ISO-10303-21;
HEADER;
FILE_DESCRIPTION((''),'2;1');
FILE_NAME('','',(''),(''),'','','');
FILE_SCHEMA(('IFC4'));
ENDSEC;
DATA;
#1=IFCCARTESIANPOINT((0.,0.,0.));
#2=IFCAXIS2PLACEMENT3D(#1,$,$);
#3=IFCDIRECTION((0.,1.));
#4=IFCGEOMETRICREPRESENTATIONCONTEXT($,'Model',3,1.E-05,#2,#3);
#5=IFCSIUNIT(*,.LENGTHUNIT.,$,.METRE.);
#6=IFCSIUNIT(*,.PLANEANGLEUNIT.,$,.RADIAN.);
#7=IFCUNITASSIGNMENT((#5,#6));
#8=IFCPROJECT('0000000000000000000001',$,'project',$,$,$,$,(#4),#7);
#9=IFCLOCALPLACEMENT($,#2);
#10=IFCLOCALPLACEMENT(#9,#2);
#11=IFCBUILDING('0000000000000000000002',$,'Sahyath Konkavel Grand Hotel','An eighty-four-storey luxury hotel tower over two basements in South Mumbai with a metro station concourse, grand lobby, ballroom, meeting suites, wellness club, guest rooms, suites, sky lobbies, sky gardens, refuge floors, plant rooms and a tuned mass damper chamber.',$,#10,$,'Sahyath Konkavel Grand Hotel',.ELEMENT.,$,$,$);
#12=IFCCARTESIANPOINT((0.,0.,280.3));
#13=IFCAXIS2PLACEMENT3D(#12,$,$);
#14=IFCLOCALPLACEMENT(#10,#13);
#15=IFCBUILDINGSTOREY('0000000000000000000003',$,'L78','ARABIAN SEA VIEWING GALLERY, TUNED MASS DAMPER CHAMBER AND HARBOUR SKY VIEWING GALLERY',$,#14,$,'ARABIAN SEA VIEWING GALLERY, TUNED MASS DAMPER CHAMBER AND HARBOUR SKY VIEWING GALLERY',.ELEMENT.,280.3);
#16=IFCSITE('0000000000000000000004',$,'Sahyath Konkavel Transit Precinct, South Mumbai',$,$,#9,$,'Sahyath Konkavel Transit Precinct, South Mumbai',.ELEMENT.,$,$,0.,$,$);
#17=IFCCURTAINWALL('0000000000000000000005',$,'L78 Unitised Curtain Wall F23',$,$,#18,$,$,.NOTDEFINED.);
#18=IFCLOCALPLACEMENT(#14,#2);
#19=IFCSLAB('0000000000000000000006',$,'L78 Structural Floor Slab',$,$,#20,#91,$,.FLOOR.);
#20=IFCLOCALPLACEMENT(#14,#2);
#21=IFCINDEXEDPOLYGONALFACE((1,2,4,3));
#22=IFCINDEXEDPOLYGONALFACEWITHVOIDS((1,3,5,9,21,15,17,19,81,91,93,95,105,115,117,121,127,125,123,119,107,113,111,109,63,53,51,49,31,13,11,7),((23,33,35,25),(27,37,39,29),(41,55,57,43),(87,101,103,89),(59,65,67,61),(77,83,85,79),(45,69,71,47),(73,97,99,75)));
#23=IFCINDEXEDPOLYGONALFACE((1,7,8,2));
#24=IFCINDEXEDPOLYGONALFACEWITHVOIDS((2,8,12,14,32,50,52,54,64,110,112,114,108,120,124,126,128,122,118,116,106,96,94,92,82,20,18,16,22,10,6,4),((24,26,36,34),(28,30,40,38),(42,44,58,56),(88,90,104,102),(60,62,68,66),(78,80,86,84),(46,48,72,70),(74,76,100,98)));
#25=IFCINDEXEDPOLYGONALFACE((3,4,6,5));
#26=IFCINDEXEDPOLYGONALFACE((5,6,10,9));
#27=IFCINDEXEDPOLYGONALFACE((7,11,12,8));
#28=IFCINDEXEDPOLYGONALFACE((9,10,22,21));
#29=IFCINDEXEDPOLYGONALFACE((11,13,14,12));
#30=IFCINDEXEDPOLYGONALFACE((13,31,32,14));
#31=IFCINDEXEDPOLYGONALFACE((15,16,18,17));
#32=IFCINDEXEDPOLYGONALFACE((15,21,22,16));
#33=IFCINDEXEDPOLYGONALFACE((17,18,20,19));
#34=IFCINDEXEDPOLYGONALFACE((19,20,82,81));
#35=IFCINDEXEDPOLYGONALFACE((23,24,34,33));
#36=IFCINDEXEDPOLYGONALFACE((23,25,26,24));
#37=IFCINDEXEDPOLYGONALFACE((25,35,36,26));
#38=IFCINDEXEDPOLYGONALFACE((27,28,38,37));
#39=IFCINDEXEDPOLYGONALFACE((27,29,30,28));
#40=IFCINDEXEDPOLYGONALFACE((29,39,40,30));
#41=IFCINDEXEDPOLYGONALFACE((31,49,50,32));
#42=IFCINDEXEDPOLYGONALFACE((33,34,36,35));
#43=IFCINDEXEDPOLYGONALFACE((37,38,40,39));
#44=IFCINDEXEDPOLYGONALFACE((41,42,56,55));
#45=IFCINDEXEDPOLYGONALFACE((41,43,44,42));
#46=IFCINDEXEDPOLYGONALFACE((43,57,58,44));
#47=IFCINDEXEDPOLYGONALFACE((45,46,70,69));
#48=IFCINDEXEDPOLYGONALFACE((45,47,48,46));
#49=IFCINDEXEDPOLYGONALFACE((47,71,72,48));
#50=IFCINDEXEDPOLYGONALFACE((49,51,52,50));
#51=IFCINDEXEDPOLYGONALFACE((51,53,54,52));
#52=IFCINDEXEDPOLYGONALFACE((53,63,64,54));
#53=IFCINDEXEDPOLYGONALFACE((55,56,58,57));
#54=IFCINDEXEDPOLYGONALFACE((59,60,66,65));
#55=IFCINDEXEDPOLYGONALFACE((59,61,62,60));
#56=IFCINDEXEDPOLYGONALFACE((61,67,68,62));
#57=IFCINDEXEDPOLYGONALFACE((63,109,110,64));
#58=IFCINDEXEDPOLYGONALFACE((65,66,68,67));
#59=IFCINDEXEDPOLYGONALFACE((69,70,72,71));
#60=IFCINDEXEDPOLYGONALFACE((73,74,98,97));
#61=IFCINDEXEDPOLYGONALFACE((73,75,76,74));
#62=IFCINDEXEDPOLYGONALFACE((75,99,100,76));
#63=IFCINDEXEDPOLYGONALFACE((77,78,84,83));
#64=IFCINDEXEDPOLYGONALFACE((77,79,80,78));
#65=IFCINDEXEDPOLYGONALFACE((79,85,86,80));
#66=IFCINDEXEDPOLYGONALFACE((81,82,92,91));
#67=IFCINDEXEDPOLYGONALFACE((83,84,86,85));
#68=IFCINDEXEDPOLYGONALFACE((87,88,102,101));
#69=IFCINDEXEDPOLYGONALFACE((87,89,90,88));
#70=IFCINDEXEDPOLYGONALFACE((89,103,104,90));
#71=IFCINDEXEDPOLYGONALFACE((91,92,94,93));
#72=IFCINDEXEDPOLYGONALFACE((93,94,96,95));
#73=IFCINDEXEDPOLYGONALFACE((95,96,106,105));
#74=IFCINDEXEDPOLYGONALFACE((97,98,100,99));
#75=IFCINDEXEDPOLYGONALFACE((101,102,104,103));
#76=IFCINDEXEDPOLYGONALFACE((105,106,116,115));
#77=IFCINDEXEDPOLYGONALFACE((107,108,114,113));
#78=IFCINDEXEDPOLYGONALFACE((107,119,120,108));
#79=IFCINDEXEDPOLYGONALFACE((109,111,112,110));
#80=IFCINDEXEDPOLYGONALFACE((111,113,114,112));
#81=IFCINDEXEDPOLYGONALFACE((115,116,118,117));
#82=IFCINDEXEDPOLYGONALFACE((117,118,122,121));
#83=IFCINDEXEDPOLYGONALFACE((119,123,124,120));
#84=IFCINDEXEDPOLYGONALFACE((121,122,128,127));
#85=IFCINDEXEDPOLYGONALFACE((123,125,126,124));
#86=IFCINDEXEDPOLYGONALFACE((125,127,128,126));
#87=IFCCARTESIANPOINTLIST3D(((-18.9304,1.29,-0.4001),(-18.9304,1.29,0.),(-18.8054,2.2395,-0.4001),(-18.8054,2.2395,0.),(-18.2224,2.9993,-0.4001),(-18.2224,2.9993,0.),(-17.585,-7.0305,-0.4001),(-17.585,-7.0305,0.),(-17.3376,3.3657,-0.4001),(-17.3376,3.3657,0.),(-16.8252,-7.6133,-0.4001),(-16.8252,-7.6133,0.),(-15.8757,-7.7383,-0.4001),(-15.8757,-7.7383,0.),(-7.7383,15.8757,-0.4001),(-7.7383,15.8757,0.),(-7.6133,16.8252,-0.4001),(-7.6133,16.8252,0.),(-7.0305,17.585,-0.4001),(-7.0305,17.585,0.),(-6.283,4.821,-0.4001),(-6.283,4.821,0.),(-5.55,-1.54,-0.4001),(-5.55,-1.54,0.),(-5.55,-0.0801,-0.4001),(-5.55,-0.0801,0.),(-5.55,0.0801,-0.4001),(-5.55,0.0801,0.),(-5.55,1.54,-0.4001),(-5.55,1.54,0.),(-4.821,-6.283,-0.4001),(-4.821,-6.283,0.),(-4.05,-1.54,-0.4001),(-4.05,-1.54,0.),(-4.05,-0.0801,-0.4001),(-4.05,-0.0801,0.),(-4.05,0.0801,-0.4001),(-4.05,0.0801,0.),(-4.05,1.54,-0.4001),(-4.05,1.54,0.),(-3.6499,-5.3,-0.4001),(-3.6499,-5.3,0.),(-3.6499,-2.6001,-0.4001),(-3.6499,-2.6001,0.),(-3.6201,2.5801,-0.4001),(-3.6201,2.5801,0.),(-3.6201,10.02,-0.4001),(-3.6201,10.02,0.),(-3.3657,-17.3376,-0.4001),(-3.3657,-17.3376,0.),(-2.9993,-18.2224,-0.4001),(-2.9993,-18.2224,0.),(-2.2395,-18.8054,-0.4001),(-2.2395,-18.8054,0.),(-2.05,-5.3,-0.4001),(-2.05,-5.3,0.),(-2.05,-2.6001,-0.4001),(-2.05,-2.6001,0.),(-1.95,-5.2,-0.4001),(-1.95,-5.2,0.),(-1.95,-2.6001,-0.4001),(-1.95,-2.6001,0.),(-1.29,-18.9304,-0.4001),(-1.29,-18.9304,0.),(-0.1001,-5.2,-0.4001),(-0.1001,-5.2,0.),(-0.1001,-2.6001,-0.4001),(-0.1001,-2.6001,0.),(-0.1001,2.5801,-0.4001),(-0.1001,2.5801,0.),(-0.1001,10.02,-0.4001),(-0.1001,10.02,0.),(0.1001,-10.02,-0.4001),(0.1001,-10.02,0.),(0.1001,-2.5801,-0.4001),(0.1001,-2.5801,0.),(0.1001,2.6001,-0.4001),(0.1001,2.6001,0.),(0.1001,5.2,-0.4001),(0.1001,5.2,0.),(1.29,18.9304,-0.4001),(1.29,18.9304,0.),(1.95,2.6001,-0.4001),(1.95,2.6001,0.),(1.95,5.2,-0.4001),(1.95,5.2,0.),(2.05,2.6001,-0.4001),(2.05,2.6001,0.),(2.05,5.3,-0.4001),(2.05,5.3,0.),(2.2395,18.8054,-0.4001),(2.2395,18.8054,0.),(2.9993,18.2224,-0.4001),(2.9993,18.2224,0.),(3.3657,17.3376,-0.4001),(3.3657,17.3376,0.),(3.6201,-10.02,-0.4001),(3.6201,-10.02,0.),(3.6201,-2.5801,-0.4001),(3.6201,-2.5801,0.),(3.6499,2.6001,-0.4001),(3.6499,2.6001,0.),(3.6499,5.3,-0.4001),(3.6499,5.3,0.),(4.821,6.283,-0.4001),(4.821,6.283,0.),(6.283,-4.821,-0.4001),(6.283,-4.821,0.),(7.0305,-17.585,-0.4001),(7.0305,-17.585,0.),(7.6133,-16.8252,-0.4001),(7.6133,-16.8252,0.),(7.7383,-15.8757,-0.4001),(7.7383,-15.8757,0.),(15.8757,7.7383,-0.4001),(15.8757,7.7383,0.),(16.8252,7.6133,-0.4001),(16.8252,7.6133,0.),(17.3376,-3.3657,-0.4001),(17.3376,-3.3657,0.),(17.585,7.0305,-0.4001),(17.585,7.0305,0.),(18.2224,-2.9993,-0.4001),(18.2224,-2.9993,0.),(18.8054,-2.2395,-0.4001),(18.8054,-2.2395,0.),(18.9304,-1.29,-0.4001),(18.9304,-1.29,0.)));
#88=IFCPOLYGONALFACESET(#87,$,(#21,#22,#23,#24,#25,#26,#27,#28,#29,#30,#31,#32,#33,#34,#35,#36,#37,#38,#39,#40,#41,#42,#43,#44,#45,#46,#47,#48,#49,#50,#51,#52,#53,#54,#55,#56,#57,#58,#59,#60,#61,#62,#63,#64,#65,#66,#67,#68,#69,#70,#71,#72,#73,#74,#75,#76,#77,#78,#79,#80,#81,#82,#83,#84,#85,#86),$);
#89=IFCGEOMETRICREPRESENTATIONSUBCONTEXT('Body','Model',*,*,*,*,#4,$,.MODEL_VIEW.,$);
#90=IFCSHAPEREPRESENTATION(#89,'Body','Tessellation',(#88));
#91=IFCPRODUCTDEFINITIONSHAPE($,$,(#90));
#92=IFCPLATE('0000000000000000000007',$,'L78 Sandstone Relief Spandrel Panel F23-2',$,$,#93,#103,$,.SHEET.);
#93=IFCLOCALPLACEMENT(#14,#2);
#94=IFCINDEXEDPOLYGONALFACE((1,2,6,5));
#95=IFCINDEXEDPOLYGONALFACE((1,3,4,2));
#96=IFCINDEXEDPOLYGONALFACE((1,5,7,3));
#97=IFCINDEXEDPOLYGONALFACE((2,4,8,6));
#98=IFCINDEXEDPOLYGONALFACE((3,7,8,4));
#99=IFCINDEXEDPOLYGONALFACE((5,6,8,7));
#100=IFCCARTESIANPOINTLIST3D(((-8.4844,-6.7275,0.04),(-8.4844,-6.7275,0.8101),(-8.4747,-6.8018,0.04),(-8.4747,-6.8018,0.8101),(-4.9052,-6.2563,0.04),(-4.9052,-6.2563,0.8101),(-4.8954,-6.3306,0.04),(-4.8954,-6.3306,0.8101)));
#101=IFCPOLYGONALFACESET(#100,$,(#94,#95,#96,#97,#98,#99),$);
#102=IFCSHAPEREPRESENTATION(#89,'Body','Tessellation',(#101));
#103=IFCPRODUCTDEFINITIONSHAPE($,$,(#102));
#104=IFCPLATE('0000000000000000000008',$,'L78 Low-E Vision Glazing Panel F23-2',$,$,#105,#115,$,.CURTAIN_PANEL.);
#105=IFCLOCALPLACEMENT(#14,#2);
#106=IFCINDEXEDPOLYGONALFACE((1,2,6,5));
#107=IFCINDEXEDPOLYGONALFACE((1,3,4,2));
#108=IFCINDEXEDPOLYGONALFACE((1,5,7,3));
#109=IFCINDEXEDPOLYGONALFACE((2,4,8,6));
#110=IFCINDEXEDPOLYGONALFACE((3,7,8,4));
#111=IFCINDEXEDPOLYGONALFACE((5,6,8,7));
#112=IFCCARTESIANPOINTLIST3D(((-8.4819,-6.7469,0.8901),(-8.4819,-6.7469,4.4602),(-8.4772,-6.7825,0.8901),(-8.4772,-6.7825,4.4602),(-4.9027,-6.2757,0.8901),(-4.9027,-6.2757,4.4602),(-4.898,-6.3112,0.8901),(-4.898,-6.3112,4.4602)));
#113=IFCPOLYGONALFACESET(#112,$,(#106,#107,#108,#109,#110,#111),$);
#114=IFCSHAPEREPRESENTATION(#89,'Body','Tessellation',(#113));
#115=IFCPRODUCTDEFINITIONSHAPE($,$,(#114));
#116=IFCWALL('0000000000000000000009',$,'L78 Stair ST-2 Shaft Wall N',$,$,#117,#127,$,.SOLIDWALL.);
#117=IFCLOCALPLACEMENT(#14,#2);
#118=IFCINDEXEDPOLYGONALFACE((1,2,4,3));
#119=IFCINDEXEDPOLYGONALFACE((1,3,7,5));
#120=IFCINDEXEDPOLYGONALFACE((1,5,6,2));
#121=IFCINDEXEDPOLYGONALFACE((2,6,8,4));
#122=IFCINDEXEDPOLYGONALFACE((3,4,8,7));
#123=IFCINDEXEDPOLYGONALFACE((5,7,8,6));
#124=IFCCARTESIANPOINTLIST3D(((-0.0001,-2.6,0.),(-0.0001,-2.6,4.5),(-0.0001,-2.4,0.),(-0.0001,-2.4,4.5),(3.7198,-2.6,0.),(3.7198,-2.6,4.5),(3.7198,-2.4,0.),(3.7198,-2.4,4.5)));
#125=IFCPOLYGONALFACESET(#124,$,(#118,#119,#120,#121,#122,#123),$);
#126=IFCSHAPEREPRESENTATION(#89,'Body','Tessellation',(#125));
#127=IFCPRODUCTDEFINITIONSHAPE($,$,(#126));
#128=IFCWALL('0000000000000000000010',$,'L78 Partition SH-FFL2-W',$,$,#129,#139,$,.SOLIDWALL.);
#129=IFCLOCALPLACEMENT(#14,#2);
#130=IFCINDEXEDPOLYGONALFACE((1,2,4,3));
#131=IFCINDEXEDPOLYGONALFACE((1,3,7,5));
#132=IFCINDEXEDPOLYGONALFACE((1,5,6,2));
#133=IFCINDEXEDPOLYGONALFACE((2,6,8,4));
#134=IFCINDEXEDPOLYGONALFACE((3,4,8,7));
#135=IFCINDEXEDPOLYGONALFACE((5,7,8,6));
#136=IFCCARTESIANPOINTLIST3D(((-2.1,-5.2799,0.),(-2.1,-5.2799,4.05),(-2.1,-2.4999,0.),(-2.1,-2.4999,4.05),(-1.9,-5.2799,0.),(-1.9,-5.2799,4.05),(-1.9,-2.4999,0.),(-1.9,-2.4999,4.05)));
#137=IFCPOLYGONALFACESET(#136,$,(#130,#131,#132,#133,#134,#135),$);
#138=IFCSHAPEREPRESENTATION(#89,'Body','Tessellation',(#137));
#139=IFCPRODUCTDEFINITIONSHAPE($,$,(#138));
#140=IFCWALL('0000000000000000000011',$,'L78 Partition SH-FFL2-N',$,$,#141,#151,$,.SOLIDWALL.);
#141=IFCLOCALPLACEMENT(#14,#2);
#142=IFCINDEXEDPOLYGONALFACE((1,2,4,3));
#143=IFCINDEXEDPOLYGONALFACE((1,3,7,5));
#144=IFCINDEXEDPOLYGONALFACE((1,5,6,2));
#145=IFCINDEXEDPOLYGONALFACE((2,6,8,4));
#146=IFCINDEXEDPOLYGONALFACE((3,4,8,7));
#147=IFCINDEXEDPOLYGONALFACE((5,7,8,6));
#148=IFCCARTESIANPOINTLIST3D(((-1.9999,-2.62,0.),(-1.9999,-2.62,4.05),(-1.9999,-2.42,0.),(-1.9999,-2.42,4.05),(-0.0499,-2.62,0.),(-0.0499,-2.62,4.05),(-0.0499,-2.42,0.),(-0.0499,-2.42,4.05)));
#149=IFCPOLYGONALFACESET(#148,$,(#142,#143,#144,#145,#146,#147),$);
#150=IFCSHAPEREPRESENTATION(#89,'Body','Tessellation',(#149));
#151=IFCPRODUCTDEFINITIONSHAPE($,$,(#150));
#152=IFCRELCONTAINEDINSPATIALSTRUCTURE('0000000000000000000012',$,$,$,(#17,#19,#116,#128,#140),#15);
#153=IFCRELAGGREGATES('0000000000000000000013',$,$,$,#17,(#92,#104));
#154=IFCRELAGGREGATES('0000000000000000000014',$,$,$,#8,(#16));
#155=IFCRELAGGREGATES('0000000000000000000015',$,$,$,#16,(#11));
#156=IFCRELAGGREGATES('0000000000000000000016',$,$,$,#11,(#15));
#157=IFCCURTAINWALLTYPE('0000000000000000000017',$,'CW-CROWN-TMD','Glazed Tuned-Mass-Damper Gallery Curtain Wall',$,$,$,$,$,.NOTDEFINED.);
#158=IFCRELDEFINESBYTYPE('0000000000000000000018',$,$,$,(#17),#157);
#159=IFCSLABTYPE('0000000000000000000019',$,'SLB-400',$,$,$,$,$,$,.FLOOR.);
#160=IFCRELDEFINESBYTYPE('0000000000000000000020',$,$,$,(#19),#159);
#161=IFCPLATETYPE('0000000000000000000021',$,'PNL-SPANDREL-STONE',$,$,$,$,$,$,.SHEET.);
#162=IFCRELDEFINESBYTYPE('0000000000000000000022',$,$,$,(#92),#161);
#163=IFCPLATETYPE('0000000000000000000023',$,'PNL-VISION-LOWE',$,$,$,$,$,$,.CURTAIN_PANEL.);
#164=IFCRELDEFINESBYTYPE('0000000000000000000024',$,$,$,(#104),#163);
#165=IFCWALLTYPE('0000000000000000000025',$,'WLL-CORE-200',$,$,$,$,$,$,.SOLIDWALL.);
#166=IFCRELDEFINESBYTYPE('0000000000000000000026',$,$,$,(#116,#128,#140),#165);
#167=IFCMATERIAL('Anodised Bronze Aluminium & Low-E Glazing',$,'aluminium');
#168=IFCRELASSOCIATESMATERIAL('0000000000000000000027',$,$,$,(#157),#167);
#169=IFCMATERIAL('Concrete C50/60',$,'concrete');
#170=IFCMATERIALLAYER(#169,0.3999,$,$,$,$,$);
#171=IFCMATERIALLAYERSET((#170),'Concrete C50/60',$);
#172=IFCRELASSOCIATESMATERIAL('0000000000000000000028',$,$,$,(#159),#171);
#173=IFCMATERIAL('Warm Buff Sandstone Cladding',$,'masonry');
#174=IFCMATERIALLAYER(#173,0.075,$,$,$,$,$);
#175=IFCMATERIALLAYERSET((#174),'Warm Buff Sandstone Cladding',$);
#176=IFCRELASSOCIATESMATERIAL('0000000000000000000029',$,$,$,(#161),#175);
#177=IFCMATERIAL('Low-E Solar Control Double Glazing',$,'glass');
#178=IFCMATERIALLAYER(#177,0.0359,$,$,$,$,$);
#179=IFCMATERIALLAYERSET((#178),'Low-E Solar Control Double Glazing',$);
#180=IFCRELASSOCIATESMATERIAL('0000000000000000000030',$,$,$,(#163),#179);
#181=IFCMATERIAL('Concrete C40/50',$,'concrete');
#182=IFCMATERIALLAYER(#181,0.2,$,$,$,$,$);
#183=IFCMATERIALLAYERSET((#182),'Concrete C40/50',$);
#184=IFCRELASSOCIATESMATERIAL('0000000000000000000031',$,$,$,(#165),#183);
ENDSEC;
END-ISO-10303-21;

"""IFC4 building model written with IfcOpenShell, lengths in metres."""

from ifc_helpers import new_model, si_unit, direction, frame, frame_2d, origin, origin_2d, place, context, subcontext, project, spatial, polyline, rectangle, outline, extrude, source, transform, mapped, material, layer, layer_set, type_object, element, aggregate, save


model = new_model("IFC4")

# Units and contexts
model_context = context("Model", 3, precision=1e-05, world=origin(), true_north=direction((0.0, 1.0)))
body_context = subcontext(model_context, "Body", "Model", "MODEL_VIEW")
ifc_project = project(units=[si_unit("LENGTHUNIT", "METRE"), si_unit("PLANEANGLEUNIT", "RADIAN")], contexts=[model_context])

# Site, building, storey
site_placement = place(None, origin())
site = spatial("IfcSite", under=ifc_project, at=site_placement, Name="Sahyath Konkavel Transit Precinct, South Mumbai", LongName="Sahyath Konkavel Transit Precinct, South Mumbai", CompositionType="ELEMENT", RefElevation=0.0)
building_placement = place(site_placement, origin())
building = spatial("IfcBuilding", under=site, at=building_placement, Name="Sahyath Konkavel Grand Hotel", Description="An eighty-four-storey luxury hotel tower over two basements in South Mumbai with a metro station concourse, grand lobby, ballroom, meeting suites, wellness club, guest rooms, suites, sky lobbies, sky gardens, refuge floors, plant rooms and a tuned mass damper chamber.", LongName="Sahyath Konkavel Grand Hotel", CompositionType="ELEMENT")
storey_placement = place(building_placement, frame((0.0, 0.0, 280.3)))
storey = spatial("IfcBuildingStorey", under=building, at=storey_placement, Name="L78", Description="ARABIAN SEA VIEWING GALLERY, TUNED MASS DAMPER CHAMBER AND HARBOUR SKY VIEWING GALLERY", LongName="ARABIAN SEA VIEWING GALLERY, TUNED MASS DAMPER CHAMBER AND HARBOUR SKY VIEWING GALLERY", CompositionType="ELEMENT", Elevation=280.3)

# Shared definitions
ifc_material_1 = material(Name="Concrete C50/60", Category="concrete")
ifc_material_2 = material(Name="Concrete C40/50", Category="concrete")

# Curtain wall
ifc_material_3 = material(Name="Anodised Bronze Aluminium & Low-E Glazing", Category="aluminium")
curtain_wall_type = type_object("IfcCurtainWallType", Name="CW-CROWN-TMD", Description="Glazed Tuned-Mass-Damper Gallery Curtain Wall", PredefinedType="NOTDEFINED", material=ifc_material_3)
curtain_wall_1_placement = place(storey_placement, origin())
curtain_wall_1 = element("IfcCurtainWall", 1, at=curtain_wall_1_placement, inside=storey, type_object=curtain_wall_type, Name="L78 Unitised Curtain Wall F23", PredefinedType="NOTDEFINED")

# Slab
ifc_layer_1 = layer(ifc_material_1, 0.3999)
ifc_layer_set_1 = layer_set([ifc_layer_1], Name="Concrete C50/60")
slab_type = type_object("IfcSlabType", Name="SLB-400", PredefinedType="FLOOR", material=ifc_layer_set_1)
slab_placement = place(storey_placement, frame((0.0, 0.0, -0.4001)))
element("IfcSlab", 2, at=slab_placement, inside=storey, type_object=slab_type, Name="L78 Structural Floor Slab", PredefinedType="FLOOR", context=body_context, shape_type="SweptSolid", body=[
    extrude(outline(polyline([(6.283, -4.821), (17.3376, -3.3657), (18.2224, -2.9993), (18.8054, -2.2395), (18.9304, -1.29), (17.585, 7.0305), (16.8252, 7.6133), (15.8757, 7.7383), (4.821, 6.283), (3.3657, 17.3376), (2.9993, 18.2224), (2.2395, 18.8054), (1.29, 18.9304), (-7.0305, 17.585), (-7.6133, 16.8252), (-7.7383, 15.8757), (-6.283, 4.821), (-17.3376, 3.3657), (-18.2224, 2.9993), (-18.8054, 2.2395), (-18.9304, 1.29), (-17.585, -7.0305), (-16.8252, -7.6133), (-15.8757, -7.7383), (-4.821, -6.283), (-3.3657, -17.3376), (-2.9993, -18.2224), (-2.2395, -18.8054), (-1.29, -18.9304), (7.0305, -17.585), (7.6133, -16.8252), (7.7383, -15.8757), (6.283, -4.821)]), holes=[polyline([(-3.6201, 2.5801), (-0.1001, 2.5801), (-0.1001, 10.02), (-3.6201, 10.02), (-3.6201, 2.5801)]), polyline([(0.1001, -10.02), (3.6201, -10.02), (3.6201, -2.5801), (0.1001, -2.5801), (0.1001, -10.02)]), polyline([(0.1001, 2.6001), (1.95, 2.6001), (1.95, 5.2), (0.1001, 5.2), (0.1001, 2.6001)]), polyline([(-1.95, -5.2), (-0.1001, -5.2), (-0.1001, -2.6001), (-1.95, -2.6001), (-1.95, -5.2)]), polyline([(2.05, 2.6001), (3.6499, 2.6001), (3.6499, 5.3), (2.05, 5.3), (2.05, 2.6001)]), polyline([(-3.6499, -5.3), (-2.05, -5.3), (-2.05, -2.6001), (-3.6499, -2.6001), (-3.6499, -5.3)]), polyline([(-5.55, 0.0801), (-4.05, 0.0801), (-4.05, 1.54), (-5.55, 1.54), (-5.55, 0.0801)]), polyline([(-5.55, -1.54), (-4.05, -1.54), (-4.05, -0.0801), (-5.55, -0.0801), (-5.55, -1.54)])]), origin(), (0.0, 0.0, 1.0), 0.4001),
])

# Plates
ifc_material_4 = material(Name="Warm Buff Sandstone Cladding", Category="masonry")
ifc_layer_2 = layer(ifc_material_4, 0.075)
ifc_layer_set_2 = layer_set([ifc_layer_2], Name="Warm Buff Sandstone Cladding")
plate_type_1 = type_object("IfcPlateType", Name="PNL-SPANDREL-STONE", PredefinedType="SHEET", material=ifc_layer_set_2)
shared_shape_1 = source(origin(), body_context, "Body", "SweptSolid", [
    extrude(rectangle(XDim=3.6101, YDim=0.075, at=origin_2d()), origin(), (0.0, 0.0, 1.0), 0.77),
])
plate_1_placement = place(storey_placement, frame((-6.6899, -6.5291, 0.04), z_axis=(0.0, 0.0, 1.0), x_axis=(0.991445, 0.130526, 0.0)))
plate_1 = element("IfcPlate", 3, at=plate_1_placement, type_object=plate_type_1, Name="L78 Sandstone Relief Spandrel Panel F23-2", PredefinedType="SHEET", context=body_context, shape_type="MappedRepresentation", body=[
    mapped(shared_shape_1, transform((0.0, 0.0, 0.0), scale=1.0)),
])
ifc_material_5 = material(Name="Low-E Solar Control Double Glazing", Category="glass")
ifc_layer_3 = layer(ifc_material_5, 0.0359)
ifc_layer_set_3 = layer_set([ifc_layer_3], Name="Low-E Solar Control Double Glazing")
plate_type_2 = type_object("IfcPlateType", Name="PNL-VISION-LOWE", PredefinedType="CURTAIN_PANEL", material=ifc_layer_set_3)
shared_shape_2 = source(origin(), body_context, "Body", "SweptSolid", [
    extrude(rectangle(XDim=3.6101, YDim=0.0359, at=origin_2d()), origin(), (0.0, 0.0, 1.0), 3.5701),
])
plate_2_placement = place(storey_placement, frame((-6.6899, -6.5291, 0.8901), z_axis=(0.0, 0.0, 1.0), x_axis=(0.991445, 0.130526, 0.0)))
plate_2 = element("IfcPlate", 4, at=plate_2_placement, type_object=plate_type_2, Name="L78 Low-E Vision Glazing Panel F23-2", PredefinedType="CURTAIN_PANEL", context=body_context, shape_type="MappedRepresentation", body=[
    mapped(shared_shape_2, transform((0.0, 0.0, 0.0), scale=1.0)),
])
aggregate(curtain_wall_1, [plate_1, plate_2])

# Walls
ifc_layer_4 = layer(ifc_material_2, 0.2)
ifc_layer_set_4 = layer_set([ifc_layer_4], Name="Concrete C40/50")
wall_type = type_object("IfcWallType", Name="WLL-CORE-200", PredefinedType="SOLIDWALL", material=ifc_layer_set_4)
wall_1_placement = place(storey_placement, frame((0.0, -2.5, 0.0), z_axis=(0.0, 0.0, 1.0), x_axis=(1.0, 0.0, 0.0)))
element("IfcWall", 5, at=wall_1_placement, inside=storey, type_object=wall_type, Name="L78 Stair ST-2 Shaft Wall N", PredefinedType="SOLIDWALL", context=body_context, shape_type="SweptSolid", body=[
    extrude(rectangle(XDim=3.72, YDim=0.2, at=frame_2d((1.8599, 0.0))), origin(), (0.0, 0.0, 1.0), 4.5),
])
wall_2_placement = place(storey_placement, frame((-2.0, -5.28, 0.0), z_axis=(0.0, 0.0, 1.0), x_axis=(0.0, 1.0, 0.0)))
element("IfcWall", 6, at=wall_2_placement, inside=storey, type_object=wall_type, Name="L78 Partition SH-FFL2-W", PredefinedType="SOLIDWALL", context=body_context, shape_type="SweptSolid", body=[
    extrude(rectangle(XDim=2.78, YDim=0.2, at=frame_2d((1.3901, 0.0))), origin(), (0.0, 0.0, 1.0), 4.05),
])
wall_3_placement = place(storey_placement, frame((-2.0, -2.52, 0.0), z_axis=(0.0, 0.0, 1.0), x_axis=(1.0, 0.0, 0.0)))
element("IfcWall", 7, at=wall_3_placement, inside=storey, type_object=wall_type, Name="L78 Partition SH-FFL2-N", PredefinedType="SOLIDWALL", context=body_context, shape_type="SweptSolid", body=[
    extrude(rectangle(XDim=1.95, YDim=0.2, at=frame_2d((0.9751, 0.0))), origin(), (0.0, 0.0, 1.0), 4.05),
])

save(model, "model.ifc")
